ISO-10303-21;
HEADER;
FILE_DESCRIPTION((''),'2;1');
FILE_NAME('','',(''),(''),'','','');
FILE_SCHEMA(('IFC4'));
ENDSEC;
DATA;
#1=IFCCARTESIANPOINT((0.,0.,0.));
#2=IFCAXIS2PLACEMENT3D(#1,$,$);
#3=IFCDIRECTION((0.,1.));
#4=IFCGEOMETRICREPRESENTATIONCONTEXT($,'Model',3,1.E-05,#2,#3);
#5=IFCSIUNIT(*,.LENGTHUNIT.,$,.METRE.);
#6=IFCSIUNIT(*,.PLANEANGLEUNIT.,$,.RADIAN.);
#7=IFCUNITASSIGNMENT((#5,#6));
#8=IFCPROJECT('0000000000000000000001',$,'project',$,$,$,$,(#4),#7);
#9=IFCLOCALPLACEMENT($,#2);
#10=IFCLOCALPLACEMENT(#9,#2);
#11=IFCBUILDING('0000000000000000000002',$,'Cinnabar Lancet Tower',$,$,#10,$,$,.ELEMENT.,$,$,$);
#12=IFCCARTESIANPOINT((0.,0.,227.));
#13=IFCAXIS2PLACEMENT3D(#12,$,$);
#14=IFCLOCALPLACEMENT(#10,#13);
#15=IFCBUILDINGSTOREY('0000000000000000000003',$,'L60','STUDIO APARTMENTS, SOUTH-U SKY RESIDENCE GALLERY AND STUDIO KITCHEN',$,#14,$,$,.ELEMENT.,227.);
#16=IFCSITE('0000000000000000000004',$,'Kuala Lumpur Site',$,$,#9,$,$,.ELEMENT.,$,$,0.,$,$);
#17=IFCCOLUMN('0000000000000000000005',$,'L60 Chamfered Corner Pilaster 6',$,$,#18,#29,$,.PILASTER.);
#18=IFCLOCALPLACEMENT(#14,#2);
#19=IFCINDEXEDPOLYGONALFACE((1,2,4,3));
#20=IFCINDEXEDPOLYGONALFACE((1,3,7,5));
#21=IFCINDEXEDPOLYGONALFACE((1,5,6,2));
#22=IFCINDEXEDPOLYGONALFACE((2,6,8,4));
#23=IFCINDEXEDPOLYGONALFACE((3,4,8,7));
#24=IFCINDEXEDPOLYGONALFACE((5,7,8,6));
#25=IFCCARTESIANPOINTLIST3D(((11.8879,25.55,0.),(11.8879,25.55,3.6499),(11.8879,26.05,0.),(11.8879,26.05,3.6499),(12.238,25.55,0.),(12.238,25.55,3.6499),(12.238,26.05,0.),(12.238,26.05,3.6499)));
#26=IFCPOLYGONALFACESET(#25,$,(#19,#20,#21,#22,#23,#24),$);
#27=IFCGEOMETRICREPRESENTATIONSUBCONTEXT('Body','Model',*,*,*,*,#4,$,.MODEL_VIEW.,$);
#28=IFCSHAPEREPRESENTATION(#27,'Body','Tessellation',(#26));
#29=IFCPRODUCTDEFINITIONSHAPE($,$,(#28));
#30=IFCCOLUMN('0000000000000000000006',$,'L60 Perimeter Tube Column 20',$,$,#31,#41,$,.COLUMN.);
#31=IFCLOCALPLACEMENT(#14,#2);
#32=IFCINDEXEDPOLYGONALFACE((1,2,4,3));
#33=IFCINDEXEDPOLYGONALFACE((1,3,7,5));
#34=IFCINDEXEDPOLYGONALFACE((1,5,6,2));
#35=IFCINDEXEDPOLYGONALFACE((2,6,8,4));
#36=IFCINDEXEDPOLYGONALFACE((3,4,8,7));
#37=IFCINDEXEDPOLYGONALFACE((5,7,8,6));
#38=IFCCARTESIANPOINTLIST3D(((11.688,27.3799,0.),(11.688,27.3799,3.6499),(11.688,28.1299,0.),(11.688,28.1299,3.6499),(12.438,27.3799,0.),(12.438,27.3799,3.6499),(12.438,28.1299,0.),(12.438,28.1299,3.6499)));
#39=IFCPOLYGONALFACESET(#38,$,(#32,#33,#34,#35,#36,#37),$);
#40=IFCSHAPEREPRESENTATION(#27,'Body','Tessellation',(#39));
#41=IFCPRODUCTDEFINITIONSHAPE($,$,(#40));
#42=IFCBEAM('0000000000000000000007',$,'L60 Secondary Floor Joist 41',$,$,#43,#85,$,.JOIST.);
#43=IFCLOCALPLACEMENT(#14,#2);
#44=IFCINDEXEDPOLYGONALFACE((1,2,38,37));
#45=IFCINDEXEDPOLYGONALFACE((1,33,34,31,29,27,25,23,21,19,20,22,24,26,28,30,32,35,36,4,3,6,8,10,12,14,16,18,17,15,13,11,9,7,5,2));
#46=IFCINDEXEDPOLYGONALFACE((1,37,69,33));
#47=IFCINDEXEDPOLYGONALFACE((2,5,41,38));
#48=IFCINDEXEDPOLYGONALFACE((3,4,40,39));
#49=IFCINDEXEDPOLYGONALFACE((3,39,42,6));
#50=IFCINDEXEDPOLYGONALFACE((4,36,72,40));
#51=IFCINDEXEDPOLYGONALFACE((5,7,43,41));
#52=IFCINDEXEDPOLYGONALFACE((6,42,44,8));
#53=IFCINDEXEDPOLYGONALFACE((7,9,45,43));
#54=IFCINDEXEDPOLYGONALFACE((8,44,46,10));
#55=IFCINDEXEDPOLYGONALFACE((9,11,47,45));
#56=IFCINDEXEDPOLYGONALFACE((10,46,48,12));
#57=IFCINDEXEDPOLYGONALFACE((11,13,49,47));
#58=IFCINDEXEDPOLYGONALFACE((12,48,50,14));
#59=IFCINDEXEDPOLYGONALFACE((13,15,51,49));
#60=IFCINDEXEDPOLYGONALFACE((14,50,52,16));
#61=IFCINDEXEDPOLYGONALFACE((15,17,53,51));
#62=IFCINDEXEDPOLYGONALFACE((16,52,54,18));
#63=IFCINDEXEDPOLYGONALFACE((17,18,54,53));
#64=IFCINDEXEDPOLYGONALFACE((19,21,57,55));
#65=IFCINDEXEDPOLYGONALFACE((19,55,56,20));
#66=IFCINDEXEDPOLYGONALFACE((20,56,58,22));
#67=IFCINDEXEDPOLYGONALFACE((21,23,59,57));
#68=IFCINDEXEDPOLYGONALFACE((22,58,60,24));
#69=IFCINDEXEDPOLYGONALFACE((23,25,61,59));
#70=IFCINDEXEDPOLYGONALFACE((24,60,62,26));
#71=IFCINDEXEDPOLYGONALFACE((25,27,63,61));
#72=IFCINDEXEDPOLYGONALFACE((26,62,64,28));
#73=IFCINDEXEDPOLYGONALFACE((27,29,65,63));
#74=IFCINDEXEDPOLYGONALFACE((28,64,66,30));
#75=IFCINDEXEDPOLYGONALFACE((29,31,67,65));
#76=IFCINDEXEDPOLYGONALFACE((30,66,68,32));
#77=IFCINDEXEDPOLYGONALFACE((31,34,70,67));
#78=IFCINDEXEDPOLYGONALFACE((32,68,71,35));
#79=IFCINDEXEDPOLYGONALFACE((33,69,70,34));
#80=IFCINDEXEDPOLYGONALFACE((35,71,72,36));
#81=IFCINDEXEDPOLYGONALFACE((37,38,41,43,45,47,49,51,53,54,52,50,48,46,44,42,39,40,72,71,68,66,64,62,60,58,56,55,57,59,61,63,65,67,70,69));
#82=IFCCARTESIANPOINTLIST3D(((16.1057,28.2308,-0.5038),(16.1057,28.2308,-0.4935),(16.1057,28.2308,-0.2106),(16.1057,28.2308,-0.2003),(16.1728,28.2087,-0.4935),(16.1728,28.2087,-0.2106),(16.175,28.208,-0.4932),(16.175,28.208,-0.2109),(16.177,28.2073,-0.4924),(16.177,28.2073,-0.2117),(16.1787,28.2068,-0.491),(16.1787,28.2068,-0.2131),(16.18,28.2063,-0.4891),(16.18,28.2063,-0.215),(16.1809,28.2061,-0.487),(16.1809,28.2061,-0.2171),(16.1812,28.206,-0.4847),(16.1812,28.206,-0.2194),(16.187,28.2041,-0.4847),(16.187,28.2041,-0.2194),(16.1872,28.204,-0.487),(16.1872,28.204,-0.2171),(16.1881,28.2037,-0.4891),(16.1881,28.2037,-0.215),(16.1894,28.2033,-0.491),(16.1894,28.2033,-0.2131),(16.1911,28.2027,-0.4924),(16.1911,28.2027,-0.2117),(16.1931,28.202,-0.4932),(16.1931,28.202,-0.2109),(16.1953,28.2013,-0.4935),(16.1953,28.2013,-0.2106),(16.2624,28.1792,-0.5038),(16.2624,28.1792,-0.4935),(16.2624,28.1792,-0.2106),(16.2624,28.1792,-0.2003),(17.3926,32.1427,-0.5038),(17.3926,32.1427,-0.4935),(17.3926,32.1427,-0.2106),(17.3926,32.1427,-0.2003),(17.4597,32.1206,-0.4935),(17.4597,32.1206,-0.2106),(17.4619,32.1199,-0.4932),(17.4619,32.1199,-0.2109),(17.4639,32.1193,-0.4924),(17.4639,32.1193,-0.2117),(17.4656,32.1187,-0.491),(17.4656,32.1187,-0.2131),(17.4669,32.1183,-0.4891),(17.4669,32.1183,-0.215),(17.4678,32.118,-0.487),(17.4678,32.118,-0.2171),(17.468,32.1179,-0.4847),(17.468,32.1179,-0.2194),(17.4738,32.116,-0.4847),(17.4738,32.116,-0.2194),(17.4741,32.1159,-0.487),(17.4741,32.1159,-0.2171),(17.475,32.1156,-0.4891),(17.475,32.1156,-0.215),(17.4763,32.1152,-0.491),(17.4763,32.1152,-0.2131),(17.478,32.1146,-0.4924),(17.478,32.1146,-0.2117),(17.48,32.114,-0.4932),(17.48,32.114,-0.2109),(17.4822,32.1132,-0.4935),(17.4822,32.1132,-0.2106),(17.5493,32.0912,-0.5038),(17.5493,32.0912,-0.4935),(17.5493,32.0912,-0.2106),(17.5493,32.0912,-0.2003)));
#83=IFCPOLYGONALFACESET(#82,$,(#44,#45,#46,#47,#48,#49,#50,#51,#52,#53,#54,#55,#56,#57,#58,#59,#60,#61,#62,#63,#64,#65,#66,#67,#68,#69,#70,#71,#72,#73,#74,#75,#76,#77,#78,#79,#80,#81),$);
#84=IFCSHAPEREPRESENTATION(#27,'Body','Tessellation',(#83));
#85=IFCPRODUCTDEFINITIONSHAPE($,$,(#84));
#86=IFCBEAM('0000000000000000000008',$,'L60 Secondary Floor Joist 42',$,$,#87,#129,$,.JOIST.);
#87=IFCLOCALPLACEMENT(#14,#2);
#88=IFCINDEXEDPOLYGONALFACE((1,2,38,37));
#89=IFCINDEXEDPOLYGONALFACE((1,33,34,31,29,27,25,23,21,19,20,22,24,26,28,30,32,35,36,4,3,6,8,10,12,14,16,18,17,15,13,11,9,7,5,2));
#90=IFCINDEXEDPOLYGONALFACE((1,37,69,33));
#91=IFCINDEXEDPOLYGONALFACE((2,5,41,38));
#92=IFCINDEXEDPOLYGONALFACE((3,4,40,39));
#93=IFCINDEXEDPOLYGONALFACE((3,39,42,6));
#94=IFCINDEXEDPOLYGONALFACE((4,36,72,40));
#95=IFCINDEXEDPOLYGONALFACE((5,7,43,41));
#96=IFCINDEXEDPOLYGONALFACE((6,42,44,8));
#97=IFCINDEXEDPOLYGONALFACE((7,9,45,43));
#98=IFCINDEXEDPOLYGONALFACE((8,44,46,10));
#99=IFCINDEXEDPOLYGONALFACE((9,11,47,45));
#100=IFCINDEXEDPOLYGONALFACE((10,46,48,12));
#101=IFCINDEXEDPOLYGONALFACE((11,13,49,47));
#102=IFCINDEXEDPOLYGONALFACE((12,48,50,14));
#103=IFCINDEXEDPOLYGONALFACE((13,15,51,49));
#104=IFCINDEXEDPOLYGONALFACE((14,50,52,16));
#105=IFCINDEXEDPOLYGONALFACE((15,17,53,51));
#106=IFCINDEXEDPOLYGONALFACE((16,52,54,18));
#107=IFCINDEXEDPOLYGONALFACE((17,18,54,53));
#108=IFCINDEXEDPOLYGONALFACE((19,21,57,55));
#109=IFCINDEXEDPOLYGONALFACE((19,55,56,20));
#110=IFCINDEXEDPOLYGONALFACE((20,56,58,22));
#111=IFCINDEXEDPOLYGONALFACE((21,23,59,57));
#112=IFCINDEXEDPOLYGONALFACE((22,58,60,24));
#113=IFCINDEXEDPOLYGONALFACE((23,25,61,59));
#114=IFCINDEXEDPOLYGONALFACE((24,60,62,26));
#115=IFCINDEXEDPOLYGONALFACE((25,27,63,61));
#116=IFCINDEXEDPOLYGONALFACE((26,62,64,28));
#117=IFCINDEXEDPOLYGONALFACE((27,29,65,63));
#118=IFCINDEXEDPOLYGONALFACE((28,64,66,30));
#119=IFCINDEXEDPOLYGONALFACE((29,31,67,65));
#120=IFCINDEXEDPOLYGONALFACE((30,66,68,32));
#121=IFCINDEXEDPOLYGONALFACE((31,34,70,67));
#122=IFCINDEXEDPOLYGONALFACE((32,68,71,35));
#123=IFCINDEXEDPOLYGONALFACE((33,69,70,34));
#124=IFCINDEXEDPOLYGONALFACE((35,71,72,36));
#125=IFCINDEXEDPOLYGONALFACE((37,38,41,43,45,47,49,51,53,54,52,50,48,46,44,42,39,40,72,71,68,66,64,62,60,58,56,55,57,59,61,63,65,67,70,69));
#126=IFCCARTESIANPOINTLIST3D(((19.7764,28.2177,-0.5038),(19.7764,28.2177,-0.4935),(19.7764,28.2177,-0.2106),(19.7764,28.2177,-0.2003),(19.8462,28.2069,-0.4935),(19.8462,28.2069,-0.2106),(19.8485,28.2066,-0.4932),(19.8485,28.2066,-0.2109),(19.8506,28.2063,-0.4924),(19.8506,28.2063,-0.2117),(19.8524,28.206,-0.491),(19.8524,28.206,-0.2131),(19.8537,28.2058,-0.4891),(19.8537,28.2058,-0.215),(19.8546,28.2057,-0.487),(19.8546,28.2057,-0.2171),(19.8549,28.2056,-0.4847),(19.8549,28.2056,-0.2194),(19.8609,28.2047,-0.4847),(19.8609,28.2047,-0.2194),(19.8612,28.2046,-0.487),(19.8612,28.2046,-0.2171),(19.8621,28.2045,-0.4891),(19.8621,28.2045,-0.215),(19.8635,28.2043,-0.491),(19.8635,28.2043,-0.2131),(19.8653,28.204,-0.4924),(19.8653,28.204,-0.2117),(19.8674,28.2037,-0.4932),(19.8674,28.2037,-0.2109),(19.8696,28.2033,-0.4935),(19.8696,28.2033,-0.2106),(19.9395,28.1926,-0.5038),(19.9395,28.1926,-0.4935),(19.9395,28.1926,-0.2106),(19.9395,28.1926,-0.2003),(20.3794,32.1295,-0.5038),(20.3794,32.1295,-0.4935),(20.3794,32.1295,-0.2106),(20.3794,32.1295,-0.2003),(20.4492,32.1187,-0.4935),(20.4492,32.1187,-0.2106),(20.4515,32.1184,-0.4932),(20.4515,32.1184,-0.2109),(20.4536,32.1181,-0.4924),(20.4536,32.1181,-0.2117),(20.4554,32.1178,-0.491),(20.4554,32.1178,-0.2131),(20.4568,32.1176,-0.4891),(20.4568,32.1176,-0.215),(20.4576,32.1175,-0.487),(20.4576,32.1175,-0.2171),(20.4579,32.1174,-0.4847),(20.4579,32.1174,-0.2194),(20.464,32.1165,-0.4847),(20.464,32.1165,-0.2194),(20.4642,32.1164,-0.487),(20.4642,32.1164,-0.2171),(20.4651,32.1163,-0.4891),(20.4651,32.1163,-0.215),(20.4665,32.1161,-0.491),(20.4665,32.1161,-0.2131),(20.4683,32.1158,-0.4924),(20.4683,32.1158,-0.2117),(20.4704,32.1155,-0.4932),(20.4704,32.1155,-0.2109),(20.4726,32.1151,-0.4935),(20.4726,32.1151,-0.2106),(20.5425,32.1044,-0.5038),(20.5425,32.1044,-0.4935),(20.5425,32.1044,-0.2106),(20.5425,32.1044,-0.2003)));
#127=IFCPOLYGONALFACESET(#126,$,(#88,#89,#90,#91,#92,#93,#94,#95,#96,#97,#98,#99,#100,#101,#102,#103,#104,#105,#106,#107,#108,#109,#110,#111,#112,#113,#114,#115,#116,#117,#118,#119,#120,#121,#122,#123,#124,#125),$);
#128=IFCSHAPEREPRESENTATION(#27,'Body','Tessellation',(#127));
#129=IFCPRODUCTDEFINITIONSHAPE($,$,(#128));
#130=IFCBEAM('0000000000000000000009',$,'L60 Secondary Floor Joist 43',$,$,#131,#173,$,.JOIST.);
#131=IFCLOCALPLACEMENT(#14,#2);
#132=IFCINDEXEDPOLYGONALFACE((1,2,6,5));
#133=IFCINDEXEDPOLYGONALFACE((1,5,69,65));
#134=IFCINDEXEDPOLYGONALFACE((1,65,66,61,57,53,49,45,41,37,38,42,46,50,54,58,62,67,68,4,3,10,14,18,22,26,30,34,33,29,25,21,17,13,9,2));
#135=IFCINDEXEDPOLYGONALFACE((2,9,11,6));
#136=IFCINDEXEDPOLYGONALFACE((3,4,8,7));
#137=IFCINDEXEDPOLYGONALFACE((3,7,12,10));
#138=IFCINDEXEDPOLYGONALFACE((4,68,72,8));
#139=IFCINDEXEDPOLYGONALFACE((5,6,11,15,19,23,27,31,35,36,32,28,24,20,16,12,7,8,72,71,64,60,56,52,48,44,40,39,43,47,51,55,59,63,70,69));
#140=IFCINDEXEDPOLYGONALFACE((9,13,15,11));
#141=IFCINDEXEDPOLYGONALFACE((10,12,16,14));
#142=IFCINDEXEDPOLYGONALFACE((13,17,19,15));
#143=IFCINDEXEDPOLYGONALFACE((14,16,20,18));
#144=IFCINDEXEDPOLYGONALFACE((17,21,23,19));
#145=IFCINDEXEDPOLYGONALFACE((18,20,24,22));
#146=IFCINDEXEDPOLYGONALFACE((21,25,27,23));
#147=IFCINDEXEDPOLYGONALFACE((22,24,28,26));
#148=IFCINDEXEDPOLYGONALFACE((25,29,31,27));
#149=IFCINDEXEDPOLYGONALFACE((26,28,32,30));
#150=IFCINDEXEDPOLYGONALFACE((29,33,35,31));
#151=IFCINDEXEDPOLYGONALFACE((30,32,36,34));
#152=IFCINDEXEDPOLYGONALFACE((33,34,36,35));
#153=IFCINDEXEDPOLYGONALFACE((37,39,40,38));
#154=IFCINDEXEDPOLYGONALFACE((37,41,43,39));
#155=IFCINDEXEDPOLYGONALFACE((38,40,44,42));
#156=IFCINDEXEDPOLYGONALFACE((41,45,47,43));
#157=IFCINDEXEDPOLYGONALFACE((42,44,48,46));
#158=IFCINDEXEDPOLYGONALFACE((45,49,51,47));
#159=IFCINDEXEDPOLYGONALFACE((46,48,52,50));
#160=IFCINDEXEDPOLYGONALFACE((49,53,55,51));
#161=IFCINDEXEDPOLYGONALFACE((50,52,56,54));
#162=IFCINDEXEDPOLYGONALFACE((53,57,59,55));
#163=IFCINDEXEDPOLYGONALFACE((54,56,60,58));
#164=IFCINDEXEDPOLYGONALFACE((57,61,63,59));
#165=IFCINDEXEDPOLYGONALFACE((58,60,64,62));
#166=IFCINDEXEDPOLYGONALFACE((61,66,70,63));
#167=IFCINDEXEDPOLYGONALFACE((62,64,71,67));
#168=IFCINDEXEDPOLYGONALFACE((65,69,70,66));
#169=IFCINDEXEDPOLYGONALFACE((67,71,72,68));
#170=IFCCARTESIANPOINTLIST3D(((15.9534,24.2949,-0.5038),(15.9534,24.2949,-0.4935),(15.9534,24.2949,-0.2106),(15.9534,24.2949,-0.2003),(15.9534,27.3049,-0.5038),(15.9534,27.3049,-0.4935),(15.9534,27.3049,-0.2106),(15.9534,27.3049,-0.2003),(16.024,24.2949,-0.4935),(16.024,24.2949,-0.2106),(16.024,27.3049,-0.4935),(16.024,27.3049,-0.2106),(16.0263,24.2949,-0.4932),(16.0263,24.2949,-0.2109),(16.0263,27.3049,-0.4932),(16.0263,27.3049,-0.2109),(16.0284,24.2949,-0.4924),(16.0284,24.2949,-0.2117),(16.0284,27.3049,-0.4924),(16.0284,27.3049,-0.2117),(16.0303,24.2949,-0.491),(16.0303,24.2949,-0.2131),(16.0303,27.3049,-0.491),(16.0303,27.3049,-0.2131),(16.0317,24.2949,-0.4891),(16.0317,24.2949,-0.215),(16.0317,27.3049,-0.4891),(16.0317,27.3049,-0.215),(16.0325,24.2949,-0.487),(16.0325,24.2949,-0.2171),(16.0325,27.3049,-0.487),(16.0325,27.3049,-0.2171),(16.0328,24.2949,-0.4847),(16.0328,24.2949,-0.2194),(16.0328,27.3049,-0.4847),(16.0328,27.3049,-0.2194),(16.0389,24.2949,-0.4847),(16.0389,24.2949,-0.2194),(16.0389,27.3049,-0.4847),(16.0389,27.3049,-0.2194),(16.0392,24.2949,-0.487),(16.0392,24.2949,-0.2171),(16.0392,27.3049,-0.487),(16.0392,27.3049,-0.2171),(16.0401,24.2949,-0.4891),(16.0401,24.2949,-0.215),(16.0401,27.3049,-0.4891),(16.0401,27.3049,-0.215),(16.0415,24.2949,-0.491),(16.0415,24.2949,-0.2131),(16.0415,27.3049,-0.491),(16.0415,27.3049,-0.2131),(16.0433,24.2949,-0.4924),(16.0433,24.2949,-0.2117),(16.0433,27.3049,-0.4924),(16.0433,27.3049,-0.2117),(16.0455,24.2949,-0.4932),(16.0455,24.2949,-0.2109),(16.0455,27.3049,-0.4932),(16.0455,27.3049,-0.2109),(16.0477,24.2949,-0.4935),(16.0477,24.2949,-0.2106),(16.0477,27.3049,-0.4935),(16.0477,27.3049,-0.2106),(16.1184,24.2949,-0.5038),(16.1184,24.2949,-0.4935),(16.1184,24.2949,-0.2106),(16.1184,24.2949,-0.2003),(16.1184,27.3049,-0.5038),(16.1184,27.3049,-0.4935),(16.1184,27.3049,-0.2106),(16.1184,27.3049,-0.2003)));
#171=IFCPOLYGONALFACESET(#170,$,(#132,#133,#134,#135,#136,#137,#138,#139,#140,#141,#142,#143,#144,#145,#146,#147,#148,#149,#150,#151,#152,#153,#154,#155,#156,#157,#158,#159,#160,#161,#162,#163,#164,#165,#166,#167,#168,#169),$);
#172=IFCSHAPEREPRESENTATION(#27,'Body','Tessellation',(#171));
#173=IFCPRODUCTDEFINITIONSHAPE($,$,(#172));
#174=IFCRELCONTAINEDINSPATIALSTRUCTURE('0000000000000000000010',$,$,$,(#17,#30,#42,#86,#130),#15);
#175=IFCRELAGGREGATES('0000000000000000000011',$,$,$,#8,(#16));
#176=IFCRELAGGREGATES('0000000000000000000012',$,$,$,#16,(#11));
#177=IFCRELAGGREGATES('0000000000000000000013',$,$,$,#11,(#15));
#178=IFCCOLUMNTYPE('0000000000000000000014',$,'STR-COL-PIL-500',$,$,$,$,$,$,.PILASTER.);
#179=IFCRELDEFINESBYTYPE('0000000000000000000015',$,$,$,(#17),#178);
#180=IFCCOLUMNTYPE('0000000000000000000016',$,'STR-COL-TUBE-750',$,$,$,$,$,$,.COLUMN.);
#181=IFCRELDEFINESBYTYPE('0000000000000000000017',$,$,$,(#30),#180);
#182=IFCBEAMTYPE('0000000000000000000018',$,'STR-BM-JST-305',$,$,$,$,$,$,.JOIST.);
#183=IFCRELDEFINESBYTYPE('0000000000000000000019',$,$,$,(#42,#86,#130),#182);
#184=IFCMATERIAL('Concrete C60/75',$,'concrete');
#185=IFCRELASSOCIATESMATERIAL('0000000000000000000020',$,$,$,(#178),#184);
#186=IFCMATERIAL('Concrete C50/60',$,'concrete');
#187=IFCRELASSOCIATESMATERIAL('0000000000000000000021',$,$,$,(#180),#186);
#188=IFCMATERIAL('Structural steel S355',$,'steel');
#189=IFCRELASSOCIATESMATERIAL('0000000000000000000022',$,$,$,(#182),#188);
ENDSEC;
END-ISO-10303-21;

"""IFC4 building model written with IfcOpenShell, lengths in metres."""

from ifc_helpers import new_model, si_unit, direction, frame, origin, origin_2d, place, context, subcontext, project, spatial, rectangle, i_section, extrude, material, material_profile, profile_set, type_object, element, save


model = new_model("IFC4")

# Units and contexts
model_context = context("Model", 3, precision=1e-05, world=origin(), true_north=direction((0.0, 1.0)))
body_context = subcontext(model_context, "Body", "Model", "MODEL_VIEW")
ifc_project = project(units=[si_unit("LENGTHUNIT", "METRE"), si_unit("PLANEANGLEUNIT", "RADIAN")], contexts=[model_context])

# Site, building, storey
site_placement = place(None, origin())
site = spatial("IfcSite", under=ifc_project, at=site_placement, Name="Kuala Lumpur Site", CompositionType="ELEMENT", RefElevation=0.0)
building_placement = place(site_placement, origin())
building = spatial("IfcBuilding", under=site, at=building_placement, Name="Cinnabar Lancet Tower", CompositionType="ELEMENT")
storey_placement = place(building_placement, frame((0.0, 0.0, 227.0)))
storey = spatial("IfcBuildingStorey", under=building, at=storey_placement, Name="L60", Description="STUDIO APARTMENTS, SOUTH-U SKY RESIDENCE GALLERY AND STUDIO KITCHEN", CompositionType="ELEMENT", Elevation=227.0)

# Columns
ifc_material_1 = material(Name="Concrete C60/75", Category="concrete")
ifc_material_profile_1 = material_profile(ifc_material_1, rectangle(XDim=0.5, YDim=0.3501, at=origin_2d()), Name="RC-PIL 500x350")
ifc_profile_set_1 = profile_set([ifc_material_profile_1], Name="Concrete C60/75")
column_type_1 = type_object("IfcColumnType", Name="STR-COL-PIL-500", PredefinedType="PILASTER", material=ifc_profile_set_1)
column_1_placement = place(storey_placement, frame((12.063, 25.8, 0.0), z_axis=(0.0, 0.0, 1.0), x_axis=(0.0, -1.0, 0.0)))
element("IfcColumn", 1, at=column_1_placement, inside=storey, type_object=column_type_1, Name="L60 Chamfered Corner Pilaster 6", PredefinedType="PILASTER", context=body_context, shape_type="SweptSolid", body=[
    extrude(rectangle(XDim=0.5, YDim=0.3501, at=origin_2d()), origin(), (0.0, 0.0, 1.0), 3.6499),
])
ifc_material_2 = material(Name="Concrete C50/60", Category="concrete")
ifc_material_profile_2 = material_profile(ifc_material_2, rectangle(XDim=0.75, YDim=0.75, at=origin_2d()), Name="RC-COL 750x750")
ifc_profile_set_2 = profile_set([ifc_material_profile_2], Name="Concrete C50/60")
column_type_2 = type_object("IfcColumnType", Name="STR-COL-TUBE-750", PredefinedType="COLUMN", material=ifc_profile_set_2)
column_2_placement = place(storey_placement, frame((12.063, 27.7549, 0.0), z_axis=(0.0, 0.0, 1.0), x_axis=(1.0, 0.0, 0.0)))
element("IfcColumn", 2, at=column_2_placement, inside=storey, type_object=column_type_2, Name="L60 Perimeter Tube Column 20", PredefinedType="COLUMN", context=body_context, shape_type="SweptSolid", body=[
    extrude(rectangle(XDim=0.75, YDim=0.75, at=origin_2d()), origin(), (0.0, 0.0, 1.0), 3.6499),
])

# Beams
ifc_material_3 = material(Name="Structural steel S355", Category="steel")
ifc_material_profile_3 = material_profile(ifc_material_3, i_section(OverallWidth=0.165, OverallDepth=0.3035, WebThickness=0.0061, FlangeThickness=0.0103, FilletRadius=0.0088, at=origin_2d()), Name="UKB 305x165x40")
ifc_profile_set_3 = profile_set([ifc_material_profile_3], Name="Structural steel S355")
beam_type_1 = type_object("IfcBeamType", Name="STR-BM-JST-305", PredefinedType="JOIST", material=ifc_profile_set_3)
beam_1_placement = place(storey_placement, frame((17.4709, 32.1169, -0.3521), z_axis=(-0.31249, -0.949921, 0.0), x_axis=(0.949921, -0.31249, 0.0)))
element("IfcBeam", 3, at=beam_1_placement, inside=storey, type_object=beam_type_1, Name="L60 Secondary Floor Joist 41", PredefinedType="JOIST", context=body_context, shape_type="SweptSolid", body=[
    extrude(i_section(OverallWidth=0.165, OverallDepth=0.3035, WebThickness=0.0061, FlangeThickness=0.0103, FilletRadius=0.0088, at=origin_2d()), origin(), (0.0, 0.0, 1.0), 4.1182),
])
beam_2_placement = place(storey_placement, frame((20.4609, 32.1169, -0.3521), z_axis=(-0.152354, -0.988326, 0.0), x_axis=(0.988326, -0.152354, 0.0)))
element("IfcBeam", 4, at=beam_2_placement, inside=storey, type_object=beam_type_1, Name="L60 Secondary Floor Joist 42", PredefinedType="JOIST", context=body_context, shape_type="SweptSolid", body=[
    extrude(i_section(OverallWidth=0.165, OverallDepth=0.3035, WebThickness=0.0061, FlangeThickness=0.0103, FilletRadius=0.0088, at=origin_2d()), origin(), (0.0, 0.0, 1.0), 3.958),
])
for number, where, z_axis, x_axis, name in (
    (5, (16.0359, 27.3049, -0.3521), (0.0, -1.0, 0.0), (1.0, 0.0, 0.0), "L60 Secondary Floor Joist 43"),
):
    element("IfcBeam", number, at=place(storey_placement, frame(where, z_axis=z_axis, x_axis=x_axis)), inside=storey, type_object=beam_type_1, Name=name, PredefinedType="JOIST", context=body_context, shape_type="SweptSolid", body=[
        extrude(i_section(OverallWidth=0.165, OverallDepth=0.3035, WebThickness=0.0061, FlangeThickness=0.0103, FilletRadius=0.0088, at=origin_2d()), origin(), (0.0, 0.0, 1.0), 3.01),
    ])

save(model, "model.ifc")
